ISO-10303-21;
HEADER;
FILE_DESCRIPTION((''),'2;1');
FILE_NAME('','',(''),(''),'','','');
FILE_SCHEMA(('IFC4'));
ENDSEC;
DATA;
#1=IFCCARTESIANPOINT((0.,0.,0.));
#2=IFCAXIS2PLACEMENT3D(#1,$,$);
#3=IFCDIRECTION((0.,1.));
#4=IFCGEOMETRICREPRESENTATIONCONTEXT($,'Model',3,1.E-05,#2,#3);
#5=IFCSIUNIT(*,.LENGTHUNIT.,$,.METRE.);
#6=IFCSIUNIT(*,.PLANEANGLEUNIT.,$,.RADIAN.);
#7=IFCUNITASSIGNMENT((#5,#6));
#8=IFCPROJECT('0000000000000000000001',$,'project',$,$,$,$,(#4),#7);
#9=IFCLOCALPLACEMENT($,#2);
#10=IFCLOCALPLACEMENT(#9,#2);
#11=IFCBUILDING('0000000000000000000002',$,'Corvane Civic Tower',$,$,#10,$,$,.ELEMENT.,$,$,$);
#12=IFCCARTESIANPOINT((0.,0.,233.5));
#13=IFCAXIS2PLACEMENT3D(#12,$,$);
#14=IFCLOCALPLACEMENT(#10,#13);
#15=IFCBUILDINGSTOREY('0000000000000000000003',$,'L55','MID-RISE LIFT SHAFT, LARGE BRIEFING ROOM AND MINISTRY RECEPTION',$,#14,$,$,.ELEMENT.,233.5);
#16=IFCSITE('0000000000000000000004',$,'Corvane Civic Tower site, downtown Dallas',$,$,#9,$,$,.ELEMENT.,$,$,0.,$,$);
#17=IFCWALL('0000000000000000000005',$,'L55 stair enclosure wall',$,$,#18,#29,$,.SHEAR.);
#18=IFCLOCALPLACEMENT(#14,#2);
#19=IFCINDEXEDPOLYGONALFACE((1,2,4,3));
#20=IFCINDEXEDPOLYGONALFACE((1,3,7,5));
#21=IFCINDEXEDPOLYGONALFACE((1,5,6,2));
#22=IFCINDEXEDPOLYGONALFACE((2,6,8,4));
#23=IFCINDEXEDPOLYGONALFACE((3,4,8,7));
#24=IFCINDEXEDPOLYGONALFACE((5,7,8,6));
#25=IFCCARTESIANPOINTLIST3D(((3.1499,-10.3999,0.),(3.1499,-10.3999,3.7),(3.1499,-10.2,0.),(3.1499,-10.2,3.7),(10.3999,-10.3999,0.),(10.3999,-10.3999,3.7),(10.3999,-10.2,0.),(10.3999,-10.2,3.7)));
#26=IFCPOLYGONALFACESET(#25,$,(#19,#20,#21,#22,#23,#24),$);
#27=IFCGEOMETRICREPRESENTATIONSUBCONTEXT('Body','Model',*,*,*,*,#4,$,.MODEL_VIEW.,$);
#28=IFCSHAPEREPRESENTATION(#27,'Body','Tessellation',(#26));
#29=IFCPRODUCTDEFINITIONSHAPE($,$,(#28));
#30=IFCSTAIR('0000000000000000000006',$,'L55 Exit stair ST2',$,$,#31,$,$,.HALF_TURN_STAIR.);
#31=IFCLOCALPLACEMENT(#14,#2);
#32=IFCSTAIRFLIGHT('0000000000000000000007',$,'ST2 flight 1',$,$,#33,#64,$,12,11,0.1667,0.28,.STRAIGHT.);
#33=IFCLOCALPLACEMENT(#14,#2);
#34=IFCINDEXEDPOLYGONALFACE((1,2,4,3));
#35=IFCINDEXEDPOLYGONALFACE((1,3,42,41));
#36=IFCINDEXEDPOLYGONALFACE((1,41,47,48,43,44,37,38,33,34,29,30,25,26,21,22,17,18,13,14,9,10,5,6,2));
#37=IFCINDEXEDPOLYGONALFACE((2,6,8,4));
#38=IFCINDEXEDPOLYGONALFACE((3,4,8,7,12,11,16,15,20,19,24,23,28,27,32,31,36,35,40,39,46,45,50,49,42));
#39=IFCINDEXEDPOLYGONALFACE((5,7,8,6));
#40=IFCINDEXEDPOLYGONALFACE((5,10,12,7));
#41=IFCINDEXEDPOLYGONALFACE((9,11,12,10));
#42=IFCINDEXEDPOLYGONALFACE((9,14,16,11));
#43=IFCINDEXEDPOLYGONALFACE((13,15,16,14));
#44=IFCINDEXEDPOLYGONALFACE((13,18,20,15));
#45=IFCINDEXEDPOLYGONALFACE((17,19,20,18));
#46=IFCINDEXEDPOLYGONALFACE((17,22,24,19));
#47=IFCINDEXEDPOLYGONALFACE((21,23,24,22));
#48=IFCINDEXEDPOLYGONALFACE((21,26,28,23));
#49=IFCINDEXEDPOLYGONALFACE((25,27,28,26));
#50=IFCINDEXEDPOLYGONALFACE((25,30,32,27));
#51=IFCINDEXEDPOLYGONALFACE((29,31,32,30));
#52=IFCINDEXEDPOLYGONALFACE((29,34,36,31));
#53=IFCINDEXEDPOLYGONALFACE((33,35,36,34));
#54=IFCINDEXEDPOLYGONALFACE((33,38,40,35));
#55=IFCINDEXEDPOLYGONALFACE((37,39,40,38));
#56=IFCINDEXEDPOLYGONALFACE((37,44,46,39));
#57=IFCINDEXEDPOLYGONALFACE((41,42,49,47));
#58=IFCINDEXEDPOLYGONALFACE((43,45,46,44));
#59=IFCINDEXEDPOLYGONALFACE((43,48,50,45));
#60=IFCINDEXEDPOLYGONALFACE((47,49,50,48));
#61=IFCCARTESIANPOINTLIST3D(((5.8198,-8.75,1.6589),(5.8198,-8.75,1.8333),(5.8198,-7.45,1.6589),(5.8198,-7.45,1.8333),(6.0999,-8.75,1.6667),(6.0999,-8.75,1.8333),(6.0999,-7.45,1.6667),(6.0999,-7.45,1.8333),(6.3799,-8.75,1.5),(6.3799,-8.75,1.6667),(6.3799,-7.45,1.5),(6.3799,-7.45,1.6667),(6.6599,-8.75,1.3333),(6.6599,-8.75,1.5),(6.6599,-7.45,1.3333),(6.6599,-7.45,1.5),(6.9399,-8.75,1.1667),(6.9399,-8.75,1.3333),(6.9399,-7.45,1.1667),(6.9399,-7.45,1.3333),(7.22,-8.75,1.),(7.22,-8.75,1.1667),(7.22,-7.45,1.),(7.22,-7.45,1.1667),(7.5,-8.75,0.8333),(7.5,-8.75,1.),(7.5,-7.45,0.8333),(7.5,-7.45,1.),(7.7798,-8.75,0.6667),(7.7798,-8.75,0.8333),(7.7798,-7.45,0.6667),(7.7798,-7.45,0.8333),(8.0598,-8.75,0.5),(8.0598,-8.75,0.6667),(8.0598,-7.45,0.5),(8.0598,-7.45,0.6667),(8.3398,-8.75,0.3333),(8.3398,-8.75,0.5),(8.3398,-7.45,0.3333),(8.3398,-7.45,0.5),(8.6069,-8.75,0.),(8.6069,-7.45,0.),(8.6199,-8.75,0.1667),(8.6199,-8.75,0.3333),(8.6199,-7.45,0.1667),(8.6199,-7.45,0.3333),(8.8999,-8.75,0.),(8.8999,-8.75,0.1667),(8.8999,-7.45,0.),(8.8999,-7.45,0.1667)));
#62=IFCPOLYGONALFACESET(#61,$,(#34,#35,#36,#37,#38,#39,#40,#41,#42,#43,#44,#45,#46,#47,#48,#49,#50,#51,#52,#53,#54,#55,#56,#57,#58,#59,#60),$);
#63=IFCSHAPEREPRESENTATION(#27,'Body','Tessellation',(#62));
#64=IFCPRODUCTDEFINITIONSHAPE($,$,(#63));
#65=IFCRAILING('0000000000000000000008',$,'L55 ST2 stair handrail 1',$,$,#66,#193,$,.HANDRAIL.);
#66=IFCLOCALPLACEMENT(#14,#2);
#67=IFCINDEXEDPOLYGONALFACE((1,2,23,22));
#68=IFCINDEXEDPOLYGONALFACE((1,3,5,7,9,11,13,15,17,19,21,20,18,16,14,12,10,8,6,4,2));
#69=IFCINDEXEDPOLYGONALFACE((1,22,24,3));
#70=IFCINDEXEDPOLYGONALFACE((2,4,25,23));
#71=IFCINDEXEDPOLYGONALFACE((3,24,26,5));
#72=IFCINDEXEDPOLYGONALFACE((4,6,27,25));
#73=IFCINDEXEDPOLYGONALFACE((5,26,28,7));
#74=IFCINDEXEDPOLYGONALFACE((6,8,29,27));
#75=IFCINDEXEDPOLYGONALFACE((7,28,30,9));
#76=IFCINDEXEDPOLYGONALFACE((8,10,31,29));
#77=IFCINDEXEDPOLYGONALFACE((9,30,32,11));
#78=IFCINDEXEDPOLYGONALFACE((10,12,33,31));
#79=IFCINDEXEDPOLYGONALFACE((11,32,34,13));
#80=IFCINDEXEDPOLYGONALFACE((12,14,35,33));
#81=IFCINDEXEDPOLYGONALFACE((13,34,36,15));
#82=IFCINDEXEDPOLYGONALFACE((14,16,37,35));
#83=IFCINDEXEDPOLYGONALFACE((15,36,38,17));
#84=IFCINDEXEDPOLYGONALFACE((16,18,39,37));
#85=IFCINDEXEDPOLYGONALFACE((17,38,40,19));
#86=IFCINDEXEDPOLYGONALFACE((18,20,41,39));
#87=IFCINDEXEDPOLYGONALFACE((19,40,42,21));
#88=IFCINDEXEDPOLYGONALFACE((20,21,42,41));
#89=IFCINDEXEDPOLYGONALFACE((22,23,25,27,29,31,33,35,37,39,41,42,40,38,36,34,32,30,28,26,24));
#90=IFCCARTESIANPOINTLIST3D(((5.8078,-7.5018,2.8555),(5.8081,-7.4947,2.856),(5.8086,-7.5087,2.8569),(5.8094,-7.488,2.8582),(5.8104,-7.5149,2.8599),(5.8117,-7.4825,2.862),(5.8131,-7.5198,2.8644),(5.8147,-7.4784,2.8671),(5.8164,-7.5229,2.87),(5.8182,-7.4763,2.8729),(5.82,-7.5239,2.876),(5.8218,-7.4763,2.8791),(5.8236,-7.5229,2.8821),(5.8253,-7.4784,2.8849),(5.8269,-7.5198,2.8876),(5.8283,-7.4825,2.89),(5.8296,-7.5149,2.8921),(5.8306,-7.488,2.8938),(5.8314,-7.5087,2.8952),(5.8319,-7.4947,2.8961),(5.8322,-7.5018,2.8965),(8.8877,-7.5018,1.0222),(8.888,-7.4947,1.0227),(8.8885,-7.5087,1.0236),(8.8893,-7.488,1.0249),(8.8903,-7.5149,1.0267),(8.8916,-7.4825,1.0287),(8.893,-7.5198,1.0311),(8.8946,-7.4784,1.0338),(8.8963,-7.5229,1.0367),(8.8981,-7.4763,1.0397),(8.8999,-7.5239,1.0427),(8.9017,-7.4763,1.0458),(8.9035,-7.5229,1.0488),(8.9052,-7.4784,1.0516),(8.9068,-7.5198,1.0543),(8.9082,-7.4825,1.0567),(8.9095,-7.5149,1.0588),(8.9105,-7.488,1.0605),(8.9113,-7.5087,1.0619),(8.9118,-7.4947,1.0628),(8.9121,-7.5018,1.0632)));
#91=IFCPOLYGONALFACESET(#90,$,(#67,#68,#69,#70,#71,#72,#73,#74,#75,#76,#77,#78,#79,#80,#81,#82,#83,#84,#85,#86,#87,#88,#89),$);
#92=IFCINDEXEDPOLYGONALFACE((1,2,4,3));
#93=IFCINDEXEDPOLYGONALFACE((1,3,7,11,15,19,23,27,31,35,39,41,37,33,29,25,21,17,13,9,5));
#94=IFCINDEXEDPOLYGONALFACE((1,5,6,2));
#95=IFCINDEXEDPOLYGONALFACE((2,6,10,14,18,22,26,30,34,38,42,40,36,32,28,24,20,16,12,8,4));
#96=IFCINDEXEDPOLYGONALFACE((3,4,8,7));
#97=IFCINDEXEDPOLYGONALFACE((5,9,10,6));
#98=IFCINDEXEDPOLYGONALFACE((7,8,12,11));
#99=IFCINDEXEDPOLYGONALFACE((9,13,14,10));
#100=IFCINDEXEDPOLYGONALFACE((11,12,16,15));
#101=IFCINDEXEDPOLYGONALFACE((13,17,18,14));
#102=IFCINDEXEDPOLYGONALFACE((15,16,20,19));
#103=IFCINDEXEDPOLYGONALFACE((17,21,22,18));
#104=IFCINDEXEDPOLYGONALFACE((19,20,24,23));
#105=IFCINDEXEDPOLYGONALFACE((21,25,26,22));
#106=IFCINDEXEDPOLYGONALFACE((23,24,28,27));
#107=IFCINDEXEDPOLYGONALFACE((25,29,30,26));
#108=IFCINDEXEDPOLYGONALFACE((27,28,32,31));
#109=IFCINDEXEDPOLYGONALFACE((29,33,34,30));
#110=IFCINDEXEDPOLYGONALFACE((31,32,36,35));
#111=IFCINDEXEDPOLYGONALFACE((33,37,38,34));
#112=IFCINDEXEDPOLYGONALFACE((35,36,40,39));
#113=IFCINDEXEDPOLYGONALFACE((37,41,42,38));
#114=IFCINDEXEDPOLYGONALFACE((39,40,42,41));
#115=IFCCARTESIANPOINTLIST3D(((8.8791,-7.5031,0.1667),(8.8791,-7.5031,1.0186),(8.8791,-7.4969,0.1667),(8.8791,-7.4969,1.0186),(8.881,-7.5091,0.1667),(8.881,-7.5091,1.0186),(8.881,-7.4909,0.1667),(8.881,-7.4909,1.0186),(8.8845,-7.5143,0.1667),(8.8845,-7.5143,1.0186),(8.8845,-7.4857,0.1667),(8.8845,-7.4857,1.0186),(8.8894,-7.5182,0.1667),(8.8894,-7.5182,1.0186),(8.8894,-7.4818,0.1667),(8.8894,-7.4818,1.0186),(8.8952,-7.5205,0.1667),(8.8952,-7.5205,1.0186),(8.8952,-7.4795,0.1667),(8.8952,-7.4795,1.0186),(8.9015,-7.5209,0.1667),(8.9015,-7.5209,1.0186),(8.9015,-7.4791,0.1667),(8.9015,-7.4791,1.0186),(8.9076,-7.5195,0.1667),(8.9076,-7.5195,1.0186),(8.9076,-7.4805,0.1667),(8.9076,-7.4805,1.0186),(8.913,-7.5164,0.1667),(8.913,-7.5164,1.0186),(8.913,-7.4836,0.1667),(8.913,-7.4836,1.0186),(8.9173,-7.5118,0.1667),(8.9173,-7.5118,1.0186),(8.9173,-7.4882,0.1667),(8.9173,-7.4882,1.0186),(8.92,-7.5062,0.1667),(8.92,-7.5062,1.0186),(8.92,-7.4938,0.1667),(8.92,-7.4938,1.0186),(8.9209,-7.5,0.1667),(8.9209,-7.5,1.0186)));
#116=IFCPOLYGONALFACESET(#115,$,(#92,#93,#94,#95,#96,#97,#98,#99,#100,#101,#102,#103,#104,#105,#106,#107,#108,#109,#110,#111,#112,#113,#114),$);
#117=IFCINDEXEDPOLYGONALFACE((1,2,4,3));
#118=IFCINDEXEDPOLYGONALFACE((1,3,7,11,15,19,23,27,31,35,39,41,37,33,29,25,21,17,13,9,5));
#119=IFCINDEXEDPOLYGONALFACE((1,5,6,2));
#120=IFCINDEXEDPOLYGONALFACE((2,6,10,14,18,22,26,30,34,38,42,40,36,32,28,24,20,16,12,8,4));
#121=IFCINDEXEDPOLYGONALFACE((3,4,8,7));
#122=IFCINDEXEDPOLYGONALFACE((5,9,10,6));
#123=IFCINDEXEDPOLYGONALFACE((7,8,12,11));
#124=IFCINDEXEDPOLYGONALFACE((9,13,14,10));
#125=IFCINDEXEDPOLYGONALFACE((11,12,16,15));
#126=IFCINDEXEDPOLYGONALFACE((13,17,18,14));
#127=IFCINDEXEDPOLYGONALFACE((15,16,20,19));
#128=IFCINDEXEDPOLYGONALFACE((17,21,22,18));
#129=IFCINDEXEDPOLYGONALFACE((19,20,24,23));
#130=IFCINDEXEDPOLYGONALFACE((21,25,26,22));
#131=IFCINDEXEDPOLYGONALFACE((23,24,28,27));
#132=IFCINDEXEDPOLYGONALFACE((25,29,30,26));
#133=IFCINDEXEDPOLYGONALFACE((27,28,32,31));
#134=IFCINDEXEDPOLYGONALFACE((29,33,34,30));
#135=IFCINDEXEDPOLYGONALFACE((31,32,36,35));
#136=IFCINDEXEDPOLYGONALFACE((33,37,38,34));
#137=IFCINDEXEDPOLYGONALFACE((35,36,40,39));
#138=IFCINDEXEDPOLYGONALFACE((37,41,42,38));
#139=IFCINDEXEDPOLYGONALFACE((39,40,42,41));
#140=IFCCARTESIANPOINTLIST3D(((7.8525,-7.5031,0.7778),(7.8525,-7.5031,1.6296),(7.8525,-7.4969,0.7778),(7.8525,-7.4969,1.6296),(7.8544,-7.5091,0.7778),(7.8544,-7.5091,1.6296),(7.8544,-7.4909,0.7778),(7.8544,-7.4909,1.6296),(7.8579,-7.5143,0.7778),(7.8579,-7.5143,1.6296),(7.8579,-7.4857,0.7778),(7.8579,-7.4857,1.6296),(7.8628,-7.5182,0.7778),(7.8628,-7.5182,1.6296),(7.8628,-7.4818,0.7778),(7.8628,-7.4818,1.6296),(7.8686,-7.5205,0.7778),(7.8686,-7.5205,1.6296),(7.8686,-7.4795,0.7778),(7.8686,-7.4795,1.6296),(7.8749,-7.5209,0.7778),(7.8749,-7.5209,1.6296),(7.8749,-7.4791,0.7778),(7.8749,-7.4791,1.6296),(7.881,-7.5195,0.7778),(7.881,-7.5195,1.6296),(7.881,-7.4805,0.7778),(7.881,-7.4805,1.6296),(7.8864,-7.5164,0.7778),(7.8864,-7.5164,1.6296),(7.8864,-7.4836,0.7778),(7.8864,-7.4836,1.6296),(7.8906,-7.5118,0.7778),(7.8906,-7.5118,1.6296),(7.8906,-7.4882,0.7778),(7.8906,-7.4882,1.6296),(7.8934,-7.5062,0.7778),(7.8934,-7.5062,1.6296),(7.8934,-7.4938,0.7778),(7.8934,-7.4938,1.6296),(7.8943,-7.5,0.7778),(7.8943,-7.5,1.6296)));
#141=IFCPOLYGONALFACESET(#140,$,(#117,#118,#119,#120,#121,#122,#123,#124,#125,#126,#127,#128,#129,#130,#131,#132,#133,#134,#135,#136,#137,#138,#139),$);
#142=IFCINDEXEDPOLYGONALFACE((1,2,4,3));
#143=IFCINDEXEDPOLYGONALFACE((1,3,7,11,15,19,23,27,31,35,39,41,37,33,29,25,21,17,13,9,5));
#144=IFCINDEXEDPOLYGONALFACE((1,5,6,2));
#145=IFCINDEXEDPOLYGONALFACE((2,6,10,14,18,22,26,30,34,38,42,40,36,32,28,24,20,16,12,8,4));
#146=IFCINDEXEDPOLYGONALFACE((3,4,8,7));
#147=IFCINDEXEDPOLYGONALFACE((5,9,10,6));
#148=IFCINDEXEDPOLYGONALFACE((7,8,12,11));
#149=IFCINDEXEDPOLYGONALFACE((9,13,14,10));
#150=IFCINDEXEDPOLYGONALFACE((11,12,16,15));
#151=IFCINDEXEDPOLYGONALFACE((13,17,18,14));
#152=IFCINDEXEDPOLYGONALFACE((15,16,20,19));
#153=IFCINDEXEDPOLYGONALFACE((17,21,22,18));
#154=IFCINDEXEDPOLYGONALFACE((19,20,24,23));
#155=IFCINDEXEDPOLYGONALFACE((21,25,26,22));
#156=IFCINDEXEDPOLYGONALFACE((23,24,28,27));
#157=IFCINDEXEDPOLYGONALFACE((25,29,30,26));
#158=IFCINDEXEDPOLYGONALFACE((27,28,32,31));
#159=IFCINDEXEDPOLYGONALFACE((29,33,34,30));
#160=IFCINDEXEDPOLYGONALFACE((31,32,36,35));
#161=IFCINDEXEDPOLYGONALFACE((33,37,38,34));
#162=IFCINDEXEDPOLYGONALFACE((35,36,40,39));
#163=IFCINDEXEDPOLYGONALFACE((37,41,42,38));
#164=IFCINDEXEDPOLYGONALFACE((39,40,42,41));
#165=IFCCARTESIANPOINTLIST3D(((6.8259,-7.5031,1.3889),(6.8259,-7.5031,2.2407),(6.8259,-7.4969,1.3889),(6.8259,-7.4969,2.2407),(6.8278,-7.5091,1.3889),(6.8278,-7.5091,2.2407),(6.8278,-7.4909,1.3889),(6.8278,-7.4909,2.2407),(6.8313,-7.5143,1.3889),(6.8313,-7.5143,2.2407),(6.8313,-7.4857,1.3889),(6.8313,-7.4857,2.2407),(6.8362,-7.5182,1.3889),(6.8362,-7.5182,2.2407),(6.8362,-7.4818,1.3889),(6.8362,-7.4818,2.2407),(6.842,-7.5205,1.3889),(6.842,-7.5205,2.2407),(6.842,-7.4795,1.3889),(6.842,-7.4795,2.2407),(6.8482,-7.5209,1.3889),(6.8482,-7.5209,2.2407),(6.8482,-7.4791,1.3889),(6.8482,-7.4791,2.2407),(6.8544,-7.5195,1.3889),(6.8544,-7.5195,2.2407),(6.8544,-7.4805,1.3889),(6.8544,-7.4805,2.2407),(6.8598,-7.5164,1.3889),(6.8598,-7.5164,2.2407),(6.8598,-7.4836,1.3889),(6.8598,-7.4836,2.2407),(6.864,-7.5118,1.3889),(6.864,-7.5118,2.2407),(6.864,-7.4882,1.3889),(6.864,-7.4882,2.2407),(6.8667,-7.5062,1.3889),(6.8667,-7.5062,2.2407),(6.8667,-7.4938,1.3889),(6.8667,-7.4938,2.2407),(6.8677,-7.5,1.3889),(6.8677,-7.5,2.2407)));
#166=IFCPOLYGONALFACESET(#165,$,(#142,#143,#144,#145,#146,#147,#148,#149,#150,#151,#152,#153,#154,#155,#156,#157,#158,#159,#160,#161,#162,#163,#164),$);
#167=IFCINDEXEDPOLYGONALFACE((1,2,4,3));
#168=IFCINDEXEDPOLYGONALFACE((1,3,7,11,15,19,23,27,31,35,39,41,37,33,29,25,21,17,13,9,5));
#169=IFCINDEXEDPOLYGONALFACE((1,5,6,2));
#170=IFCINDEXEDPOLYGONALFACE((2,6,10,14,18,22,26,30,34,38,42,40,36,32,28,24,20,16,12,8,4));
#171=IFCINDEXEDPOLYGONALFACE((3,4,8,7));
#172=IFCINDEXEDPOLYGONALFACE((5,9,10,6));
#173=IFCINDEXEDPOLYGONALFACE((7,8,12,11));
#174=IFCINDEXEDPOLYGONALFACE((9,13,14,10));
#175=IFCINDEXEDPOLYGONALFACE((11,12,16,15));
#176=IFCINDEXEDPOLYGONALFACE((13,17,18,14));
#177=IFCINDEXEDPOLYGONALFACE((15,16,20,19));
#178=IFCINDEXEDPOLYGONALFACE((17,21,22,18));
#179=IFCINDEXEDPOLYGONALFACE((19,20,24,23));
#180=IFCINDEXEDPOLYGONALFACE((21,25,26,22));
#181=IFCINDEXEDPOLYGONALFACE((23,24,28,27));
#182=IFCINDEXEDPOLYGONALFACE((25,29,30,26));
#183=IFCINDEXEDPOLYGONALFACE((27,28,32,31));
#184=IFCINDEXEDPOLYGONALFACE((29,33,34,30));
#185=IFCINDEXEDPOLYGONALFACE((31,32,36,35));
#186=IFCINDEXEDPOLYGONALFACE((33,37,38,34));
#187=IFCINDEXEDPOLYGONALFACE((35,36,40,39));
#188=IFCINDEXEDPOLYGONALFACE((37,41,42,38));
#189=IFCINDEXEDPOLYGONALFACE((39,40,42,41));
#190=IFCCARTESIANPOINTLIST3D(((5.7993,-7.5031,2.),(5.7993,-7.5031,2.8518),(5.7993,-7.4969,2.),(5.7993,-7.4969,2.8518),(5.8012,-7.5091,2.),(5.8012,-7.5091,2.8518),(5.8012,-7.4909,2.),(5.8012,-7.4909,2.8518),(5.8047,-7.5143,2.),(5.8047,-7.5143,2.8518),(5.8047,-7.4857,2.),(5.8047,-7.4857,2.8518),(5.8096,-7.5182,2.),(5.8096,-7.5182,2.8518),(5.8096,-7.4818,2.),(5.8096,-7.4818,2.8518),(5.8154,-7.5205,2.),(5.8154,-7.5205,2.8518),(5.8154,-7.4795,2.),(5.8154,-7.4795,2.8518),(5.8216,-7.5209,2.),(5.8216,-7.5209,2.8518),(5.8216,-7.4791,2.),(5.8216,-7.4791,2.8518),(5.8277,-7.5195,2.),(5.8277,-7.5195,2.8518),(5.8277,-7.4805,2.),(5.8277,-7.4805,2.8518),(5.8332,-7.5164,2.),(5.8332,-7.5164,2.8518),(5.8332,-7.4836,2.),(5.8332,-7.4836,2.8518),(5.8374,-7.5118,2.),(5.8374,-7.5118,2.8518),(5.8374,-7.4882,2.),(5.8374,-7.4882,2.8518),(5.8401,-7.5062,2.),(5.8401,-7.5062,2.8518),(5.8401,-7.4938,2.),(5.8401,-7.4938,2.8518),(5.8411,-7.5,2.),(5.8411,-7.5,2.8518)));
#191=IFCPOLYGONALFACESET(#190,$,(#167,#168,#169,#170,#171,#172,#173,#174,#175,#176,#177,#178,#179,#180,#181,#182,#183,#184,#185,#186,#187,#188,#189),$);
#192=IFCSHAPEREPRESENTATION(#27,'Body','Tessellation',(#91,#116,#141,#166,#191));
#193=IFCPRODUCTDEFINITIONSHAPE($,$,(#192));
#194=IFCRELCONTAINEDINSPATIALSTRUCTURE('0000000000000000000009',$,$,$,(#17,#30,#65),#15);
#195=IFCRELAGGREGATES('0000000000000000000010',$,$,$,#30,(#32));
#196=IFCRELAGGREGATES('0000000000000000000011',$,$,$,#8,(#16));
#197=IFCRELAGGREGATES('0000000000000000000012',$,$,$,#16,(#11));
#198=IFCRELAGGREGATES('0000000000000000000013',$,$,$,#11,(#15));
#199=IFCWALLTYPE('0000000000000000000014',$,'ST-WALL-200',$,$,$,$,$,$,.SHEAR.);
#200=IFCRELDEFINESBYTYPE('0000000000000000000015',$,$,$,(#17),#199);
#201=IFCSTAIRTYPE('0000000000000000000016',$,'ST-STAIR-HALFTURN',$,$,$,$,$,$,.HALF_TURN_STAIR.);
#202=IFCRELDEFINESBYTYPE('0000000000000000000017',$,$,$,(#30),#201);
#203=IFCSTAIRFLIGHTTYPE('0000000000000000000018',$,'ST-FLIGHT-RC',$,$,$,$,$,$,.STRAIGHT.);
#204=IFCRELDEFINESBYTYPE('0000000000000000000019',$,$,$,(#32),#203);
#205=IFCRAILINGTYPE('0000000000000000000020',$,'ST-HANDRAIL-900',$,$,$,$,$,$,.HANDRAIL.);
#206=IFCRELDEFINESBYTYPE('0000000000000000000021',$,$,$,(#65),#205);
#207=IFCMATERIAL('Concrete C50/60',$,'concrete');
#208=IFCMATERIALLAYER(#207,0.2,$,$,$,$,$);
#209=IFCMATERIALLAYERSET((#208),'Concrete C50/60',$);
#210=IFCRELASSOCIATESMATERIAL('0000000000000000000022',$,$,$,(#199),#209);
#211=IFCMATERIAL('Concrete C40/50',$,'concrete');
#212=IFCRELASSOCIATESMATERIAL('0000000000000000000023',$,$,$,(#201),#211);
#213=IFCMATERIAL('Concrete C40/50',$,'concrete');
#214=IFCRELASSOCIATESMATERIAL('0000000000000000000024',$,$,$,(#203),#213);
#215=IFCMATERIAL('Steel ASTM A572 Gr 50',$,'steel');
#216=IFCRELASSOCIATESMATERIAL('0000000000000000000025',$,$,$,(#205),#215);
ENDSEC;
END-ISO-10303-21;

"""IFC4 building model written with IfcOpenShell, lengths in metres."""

from ifc_helpers import new_model, si_unit, direction, frame, origin, origin_2d, place, context, subcontext, project, spatial, polyline, circle, outline, extrude, material, layer, layer_set, type_object, element, aggregate, save


model = new_model("IFC4")

# Units and contexts
model_context = context("Model", 3, precision=1e-05, world=origin(), true_north=direction((0.0, 1.0)))
body_context = subcontext(model_context, "Body", "Model", "MODEL_VIEW")
ifc_project = project(units=[si_unit("LENGTHUNIT", "METRE"), si_unit("PLANEANGLEUNIT", "RADIAN")], contexts=[model_context])

# Site, building, storey
site_placement = place(None, origin())
site = spatial("IfcSite", under=ifc_project, at=site_placement, Name="Corvane Civic Tower site, downtown Dallas", CompositionType="ELEMENT", RefElevation=0.0)
building_placement = place(site_placement, origin())
building = spatial("IfcBuilding", under=site, at=building_placement, Name="Corvane Civic Tower", CompositionType="ELEMENT")
storey_placement = place(building_placement, frame((0.0, 0.0, 233.5)))
storey = spatial("IfcBuildingStorey", under=building, at=storey_placement, Name="L55", Description="MID-RISE LIFT SHAFT, LARGE BRIEFING ROOM AND MINISTRY RECEPTION", CompositionType="ELEMENT", Elevation=233.5)

# Shared definitions
ifc_material_1 = material(Name="Concrete C50/60", Category="concrete")
ifc_layer_1 = layer(ifc_material_1, 0.2)
ifc_layer_set_1 = layer_set([ifc_layer_1], Name="Concrete C50/60")
wall_type_1 = type_object("IfcWallType", Name="ST-WALL-200", PredefinedType="SHEAR", material=ifc_layer_set_1)

# Wall
wall_1_placement = place(storey_placement, origin())
element("IfcWall", 1, at=wall_1_placement, inside=storey, type_object=wall_type_1, Name="L55 stair enclosure wall", PredefinedType="SHEAR", context=body_context, shape_type="SweptSolid", body=[
    extrude(outline(polyline([(10.3999, -10.3999), (3.1499, -10.3999), (3.1499, -10.2), (10.3999, -10.2), (10.3999, -10.3999)])), origin(), (0.0, 0.0, 1.0), 3.7),
])

# Stair, stair flight
ifc_material_2 = material(Name="Concrete C40/50", Category="concrete")
stair_type = type_object("IfcStairType", Name="ST-STAIR-HALFTURN", PredefinedType="HALF_TURN_STAIR", material=ifc_material_2)
stair_placement = place(storey_placement, origin())
stair = element("IfcStair", 2, at=stair_placement, inside=storey, type_object=stair_type, Name="L55 Exit stair ST2", PredefinedType="HALF_TURN_STAIR")
ifc_material_3 = material(Name="Concrete C40/50", Category="concrete")
stair_flight_type = type_object("IfcStairFlightType", Name="ST-FLIGHT-RC", PredefinedType="STRAIGHT", material=ifc_material_3)
stair_flight_placement = place(storey_placement, frame((8.8999, -8.1001, 0.0), z_axis=(0.0, 0.0, 1.0), x_axis=(-1.0, 0.0, 0.0)))
stair_flight = element("IfcStairFlight", 3, at=stair_flight_placement, type_object=stair_flight_type, Name="ST2 flight 1", NumberOfRisers=12, NumberOfTreads=11, PredefinedType="STRAIGHT", RiserHeight=0.1667, TreadLength=0.28, context=body_context, shape_type="SweptSolid", body=[
    extrude(outline(polyline([(0.0, 0.0), (0.0, 0.1667), (0.28, 0.1667), (0.28, 0.3333), (0.5601, 0.3333), (0.5601, 0.5), (0.8401, 0.5), (0.8401, 0.6667), (1.1201, 0.6667), (1.1201, 0.8333), (1.3999, 0.8333), (1.3999, 1.0), (1.6799, 1.0), (1.6799, 1.1667), (1.96, 1.1667), (1.96, 1.3333), (2.24, 1.3333), (2.24, 1.5), (2.52, 1.5), (2.52, 1.6667), (2.8, 1.6667), (2.8, 1.8333), (3.0801, 1.8333), (3.0801, 2.0), (3.0801, 1.6589), (0.293, 0.0), (0.0, 0.0)])), frame((0.0, 0.6499, 0.0), z_axis=(0.0, -1.0, 0.0), x_axis=(1.0, 0.0, 0.0)), (0.0, 0.0, 1.0), 1.3),
])
aggregate(stair, [stair_flight])

# Railing
ifc_material_4 = material(Name="Steel ASTM A572 Gr 50", Category="steel")
railing_type = type_object("IfcRailingType", Name="ST-HANDRAIL-900", PredefinedType="HANDRAIL", material=ifc_material_4)
railing_placement = place(storey_placement, frame((8.8999, -7.5, 0.1667)))
element("IfcRailing", 4, at=railing_placement, inside=storey, type_object=railing_type, Name="L55 ST2 stair handrail 1", PredefinedType="HANDRAIL", context=body_context, shape_type="SweptSolid", body=[
    extrude(circle(Radius=0.0239, at=origin_2d()), frame((0.0, 0.0, 0.876), z_axis=(-0.859291, 0.0, 0.511487), x_axis=(0.0, -1.0, 0.0)), (0.0, 0.0, 1.0), 3.5842),
    extrude(circle(Radius=0.021, at=origin_2d()), origin(), (0.0, 0.0, 1.0), 0.8518),
    extrude(circle(Radius=0.021, at=origin_2d()), frame((-1.0266, 0.0, 0.6111)), (0.0, 0.0, 1.0), 0.8518),
    extrude(circle(Radius=0.021, at=origin_2d()), frame((-2.0532, 0.0, 1.2222)), (0.0, 0.0, 1.0), 0.8518),
    extrude(circle(Radius=0.021, at=origin_2d()), frame((-3.0798, 0.0, 1.8333)), (0.0, 0.0, 1.0), 0.8518),
])

save(model, "model.ifc")
